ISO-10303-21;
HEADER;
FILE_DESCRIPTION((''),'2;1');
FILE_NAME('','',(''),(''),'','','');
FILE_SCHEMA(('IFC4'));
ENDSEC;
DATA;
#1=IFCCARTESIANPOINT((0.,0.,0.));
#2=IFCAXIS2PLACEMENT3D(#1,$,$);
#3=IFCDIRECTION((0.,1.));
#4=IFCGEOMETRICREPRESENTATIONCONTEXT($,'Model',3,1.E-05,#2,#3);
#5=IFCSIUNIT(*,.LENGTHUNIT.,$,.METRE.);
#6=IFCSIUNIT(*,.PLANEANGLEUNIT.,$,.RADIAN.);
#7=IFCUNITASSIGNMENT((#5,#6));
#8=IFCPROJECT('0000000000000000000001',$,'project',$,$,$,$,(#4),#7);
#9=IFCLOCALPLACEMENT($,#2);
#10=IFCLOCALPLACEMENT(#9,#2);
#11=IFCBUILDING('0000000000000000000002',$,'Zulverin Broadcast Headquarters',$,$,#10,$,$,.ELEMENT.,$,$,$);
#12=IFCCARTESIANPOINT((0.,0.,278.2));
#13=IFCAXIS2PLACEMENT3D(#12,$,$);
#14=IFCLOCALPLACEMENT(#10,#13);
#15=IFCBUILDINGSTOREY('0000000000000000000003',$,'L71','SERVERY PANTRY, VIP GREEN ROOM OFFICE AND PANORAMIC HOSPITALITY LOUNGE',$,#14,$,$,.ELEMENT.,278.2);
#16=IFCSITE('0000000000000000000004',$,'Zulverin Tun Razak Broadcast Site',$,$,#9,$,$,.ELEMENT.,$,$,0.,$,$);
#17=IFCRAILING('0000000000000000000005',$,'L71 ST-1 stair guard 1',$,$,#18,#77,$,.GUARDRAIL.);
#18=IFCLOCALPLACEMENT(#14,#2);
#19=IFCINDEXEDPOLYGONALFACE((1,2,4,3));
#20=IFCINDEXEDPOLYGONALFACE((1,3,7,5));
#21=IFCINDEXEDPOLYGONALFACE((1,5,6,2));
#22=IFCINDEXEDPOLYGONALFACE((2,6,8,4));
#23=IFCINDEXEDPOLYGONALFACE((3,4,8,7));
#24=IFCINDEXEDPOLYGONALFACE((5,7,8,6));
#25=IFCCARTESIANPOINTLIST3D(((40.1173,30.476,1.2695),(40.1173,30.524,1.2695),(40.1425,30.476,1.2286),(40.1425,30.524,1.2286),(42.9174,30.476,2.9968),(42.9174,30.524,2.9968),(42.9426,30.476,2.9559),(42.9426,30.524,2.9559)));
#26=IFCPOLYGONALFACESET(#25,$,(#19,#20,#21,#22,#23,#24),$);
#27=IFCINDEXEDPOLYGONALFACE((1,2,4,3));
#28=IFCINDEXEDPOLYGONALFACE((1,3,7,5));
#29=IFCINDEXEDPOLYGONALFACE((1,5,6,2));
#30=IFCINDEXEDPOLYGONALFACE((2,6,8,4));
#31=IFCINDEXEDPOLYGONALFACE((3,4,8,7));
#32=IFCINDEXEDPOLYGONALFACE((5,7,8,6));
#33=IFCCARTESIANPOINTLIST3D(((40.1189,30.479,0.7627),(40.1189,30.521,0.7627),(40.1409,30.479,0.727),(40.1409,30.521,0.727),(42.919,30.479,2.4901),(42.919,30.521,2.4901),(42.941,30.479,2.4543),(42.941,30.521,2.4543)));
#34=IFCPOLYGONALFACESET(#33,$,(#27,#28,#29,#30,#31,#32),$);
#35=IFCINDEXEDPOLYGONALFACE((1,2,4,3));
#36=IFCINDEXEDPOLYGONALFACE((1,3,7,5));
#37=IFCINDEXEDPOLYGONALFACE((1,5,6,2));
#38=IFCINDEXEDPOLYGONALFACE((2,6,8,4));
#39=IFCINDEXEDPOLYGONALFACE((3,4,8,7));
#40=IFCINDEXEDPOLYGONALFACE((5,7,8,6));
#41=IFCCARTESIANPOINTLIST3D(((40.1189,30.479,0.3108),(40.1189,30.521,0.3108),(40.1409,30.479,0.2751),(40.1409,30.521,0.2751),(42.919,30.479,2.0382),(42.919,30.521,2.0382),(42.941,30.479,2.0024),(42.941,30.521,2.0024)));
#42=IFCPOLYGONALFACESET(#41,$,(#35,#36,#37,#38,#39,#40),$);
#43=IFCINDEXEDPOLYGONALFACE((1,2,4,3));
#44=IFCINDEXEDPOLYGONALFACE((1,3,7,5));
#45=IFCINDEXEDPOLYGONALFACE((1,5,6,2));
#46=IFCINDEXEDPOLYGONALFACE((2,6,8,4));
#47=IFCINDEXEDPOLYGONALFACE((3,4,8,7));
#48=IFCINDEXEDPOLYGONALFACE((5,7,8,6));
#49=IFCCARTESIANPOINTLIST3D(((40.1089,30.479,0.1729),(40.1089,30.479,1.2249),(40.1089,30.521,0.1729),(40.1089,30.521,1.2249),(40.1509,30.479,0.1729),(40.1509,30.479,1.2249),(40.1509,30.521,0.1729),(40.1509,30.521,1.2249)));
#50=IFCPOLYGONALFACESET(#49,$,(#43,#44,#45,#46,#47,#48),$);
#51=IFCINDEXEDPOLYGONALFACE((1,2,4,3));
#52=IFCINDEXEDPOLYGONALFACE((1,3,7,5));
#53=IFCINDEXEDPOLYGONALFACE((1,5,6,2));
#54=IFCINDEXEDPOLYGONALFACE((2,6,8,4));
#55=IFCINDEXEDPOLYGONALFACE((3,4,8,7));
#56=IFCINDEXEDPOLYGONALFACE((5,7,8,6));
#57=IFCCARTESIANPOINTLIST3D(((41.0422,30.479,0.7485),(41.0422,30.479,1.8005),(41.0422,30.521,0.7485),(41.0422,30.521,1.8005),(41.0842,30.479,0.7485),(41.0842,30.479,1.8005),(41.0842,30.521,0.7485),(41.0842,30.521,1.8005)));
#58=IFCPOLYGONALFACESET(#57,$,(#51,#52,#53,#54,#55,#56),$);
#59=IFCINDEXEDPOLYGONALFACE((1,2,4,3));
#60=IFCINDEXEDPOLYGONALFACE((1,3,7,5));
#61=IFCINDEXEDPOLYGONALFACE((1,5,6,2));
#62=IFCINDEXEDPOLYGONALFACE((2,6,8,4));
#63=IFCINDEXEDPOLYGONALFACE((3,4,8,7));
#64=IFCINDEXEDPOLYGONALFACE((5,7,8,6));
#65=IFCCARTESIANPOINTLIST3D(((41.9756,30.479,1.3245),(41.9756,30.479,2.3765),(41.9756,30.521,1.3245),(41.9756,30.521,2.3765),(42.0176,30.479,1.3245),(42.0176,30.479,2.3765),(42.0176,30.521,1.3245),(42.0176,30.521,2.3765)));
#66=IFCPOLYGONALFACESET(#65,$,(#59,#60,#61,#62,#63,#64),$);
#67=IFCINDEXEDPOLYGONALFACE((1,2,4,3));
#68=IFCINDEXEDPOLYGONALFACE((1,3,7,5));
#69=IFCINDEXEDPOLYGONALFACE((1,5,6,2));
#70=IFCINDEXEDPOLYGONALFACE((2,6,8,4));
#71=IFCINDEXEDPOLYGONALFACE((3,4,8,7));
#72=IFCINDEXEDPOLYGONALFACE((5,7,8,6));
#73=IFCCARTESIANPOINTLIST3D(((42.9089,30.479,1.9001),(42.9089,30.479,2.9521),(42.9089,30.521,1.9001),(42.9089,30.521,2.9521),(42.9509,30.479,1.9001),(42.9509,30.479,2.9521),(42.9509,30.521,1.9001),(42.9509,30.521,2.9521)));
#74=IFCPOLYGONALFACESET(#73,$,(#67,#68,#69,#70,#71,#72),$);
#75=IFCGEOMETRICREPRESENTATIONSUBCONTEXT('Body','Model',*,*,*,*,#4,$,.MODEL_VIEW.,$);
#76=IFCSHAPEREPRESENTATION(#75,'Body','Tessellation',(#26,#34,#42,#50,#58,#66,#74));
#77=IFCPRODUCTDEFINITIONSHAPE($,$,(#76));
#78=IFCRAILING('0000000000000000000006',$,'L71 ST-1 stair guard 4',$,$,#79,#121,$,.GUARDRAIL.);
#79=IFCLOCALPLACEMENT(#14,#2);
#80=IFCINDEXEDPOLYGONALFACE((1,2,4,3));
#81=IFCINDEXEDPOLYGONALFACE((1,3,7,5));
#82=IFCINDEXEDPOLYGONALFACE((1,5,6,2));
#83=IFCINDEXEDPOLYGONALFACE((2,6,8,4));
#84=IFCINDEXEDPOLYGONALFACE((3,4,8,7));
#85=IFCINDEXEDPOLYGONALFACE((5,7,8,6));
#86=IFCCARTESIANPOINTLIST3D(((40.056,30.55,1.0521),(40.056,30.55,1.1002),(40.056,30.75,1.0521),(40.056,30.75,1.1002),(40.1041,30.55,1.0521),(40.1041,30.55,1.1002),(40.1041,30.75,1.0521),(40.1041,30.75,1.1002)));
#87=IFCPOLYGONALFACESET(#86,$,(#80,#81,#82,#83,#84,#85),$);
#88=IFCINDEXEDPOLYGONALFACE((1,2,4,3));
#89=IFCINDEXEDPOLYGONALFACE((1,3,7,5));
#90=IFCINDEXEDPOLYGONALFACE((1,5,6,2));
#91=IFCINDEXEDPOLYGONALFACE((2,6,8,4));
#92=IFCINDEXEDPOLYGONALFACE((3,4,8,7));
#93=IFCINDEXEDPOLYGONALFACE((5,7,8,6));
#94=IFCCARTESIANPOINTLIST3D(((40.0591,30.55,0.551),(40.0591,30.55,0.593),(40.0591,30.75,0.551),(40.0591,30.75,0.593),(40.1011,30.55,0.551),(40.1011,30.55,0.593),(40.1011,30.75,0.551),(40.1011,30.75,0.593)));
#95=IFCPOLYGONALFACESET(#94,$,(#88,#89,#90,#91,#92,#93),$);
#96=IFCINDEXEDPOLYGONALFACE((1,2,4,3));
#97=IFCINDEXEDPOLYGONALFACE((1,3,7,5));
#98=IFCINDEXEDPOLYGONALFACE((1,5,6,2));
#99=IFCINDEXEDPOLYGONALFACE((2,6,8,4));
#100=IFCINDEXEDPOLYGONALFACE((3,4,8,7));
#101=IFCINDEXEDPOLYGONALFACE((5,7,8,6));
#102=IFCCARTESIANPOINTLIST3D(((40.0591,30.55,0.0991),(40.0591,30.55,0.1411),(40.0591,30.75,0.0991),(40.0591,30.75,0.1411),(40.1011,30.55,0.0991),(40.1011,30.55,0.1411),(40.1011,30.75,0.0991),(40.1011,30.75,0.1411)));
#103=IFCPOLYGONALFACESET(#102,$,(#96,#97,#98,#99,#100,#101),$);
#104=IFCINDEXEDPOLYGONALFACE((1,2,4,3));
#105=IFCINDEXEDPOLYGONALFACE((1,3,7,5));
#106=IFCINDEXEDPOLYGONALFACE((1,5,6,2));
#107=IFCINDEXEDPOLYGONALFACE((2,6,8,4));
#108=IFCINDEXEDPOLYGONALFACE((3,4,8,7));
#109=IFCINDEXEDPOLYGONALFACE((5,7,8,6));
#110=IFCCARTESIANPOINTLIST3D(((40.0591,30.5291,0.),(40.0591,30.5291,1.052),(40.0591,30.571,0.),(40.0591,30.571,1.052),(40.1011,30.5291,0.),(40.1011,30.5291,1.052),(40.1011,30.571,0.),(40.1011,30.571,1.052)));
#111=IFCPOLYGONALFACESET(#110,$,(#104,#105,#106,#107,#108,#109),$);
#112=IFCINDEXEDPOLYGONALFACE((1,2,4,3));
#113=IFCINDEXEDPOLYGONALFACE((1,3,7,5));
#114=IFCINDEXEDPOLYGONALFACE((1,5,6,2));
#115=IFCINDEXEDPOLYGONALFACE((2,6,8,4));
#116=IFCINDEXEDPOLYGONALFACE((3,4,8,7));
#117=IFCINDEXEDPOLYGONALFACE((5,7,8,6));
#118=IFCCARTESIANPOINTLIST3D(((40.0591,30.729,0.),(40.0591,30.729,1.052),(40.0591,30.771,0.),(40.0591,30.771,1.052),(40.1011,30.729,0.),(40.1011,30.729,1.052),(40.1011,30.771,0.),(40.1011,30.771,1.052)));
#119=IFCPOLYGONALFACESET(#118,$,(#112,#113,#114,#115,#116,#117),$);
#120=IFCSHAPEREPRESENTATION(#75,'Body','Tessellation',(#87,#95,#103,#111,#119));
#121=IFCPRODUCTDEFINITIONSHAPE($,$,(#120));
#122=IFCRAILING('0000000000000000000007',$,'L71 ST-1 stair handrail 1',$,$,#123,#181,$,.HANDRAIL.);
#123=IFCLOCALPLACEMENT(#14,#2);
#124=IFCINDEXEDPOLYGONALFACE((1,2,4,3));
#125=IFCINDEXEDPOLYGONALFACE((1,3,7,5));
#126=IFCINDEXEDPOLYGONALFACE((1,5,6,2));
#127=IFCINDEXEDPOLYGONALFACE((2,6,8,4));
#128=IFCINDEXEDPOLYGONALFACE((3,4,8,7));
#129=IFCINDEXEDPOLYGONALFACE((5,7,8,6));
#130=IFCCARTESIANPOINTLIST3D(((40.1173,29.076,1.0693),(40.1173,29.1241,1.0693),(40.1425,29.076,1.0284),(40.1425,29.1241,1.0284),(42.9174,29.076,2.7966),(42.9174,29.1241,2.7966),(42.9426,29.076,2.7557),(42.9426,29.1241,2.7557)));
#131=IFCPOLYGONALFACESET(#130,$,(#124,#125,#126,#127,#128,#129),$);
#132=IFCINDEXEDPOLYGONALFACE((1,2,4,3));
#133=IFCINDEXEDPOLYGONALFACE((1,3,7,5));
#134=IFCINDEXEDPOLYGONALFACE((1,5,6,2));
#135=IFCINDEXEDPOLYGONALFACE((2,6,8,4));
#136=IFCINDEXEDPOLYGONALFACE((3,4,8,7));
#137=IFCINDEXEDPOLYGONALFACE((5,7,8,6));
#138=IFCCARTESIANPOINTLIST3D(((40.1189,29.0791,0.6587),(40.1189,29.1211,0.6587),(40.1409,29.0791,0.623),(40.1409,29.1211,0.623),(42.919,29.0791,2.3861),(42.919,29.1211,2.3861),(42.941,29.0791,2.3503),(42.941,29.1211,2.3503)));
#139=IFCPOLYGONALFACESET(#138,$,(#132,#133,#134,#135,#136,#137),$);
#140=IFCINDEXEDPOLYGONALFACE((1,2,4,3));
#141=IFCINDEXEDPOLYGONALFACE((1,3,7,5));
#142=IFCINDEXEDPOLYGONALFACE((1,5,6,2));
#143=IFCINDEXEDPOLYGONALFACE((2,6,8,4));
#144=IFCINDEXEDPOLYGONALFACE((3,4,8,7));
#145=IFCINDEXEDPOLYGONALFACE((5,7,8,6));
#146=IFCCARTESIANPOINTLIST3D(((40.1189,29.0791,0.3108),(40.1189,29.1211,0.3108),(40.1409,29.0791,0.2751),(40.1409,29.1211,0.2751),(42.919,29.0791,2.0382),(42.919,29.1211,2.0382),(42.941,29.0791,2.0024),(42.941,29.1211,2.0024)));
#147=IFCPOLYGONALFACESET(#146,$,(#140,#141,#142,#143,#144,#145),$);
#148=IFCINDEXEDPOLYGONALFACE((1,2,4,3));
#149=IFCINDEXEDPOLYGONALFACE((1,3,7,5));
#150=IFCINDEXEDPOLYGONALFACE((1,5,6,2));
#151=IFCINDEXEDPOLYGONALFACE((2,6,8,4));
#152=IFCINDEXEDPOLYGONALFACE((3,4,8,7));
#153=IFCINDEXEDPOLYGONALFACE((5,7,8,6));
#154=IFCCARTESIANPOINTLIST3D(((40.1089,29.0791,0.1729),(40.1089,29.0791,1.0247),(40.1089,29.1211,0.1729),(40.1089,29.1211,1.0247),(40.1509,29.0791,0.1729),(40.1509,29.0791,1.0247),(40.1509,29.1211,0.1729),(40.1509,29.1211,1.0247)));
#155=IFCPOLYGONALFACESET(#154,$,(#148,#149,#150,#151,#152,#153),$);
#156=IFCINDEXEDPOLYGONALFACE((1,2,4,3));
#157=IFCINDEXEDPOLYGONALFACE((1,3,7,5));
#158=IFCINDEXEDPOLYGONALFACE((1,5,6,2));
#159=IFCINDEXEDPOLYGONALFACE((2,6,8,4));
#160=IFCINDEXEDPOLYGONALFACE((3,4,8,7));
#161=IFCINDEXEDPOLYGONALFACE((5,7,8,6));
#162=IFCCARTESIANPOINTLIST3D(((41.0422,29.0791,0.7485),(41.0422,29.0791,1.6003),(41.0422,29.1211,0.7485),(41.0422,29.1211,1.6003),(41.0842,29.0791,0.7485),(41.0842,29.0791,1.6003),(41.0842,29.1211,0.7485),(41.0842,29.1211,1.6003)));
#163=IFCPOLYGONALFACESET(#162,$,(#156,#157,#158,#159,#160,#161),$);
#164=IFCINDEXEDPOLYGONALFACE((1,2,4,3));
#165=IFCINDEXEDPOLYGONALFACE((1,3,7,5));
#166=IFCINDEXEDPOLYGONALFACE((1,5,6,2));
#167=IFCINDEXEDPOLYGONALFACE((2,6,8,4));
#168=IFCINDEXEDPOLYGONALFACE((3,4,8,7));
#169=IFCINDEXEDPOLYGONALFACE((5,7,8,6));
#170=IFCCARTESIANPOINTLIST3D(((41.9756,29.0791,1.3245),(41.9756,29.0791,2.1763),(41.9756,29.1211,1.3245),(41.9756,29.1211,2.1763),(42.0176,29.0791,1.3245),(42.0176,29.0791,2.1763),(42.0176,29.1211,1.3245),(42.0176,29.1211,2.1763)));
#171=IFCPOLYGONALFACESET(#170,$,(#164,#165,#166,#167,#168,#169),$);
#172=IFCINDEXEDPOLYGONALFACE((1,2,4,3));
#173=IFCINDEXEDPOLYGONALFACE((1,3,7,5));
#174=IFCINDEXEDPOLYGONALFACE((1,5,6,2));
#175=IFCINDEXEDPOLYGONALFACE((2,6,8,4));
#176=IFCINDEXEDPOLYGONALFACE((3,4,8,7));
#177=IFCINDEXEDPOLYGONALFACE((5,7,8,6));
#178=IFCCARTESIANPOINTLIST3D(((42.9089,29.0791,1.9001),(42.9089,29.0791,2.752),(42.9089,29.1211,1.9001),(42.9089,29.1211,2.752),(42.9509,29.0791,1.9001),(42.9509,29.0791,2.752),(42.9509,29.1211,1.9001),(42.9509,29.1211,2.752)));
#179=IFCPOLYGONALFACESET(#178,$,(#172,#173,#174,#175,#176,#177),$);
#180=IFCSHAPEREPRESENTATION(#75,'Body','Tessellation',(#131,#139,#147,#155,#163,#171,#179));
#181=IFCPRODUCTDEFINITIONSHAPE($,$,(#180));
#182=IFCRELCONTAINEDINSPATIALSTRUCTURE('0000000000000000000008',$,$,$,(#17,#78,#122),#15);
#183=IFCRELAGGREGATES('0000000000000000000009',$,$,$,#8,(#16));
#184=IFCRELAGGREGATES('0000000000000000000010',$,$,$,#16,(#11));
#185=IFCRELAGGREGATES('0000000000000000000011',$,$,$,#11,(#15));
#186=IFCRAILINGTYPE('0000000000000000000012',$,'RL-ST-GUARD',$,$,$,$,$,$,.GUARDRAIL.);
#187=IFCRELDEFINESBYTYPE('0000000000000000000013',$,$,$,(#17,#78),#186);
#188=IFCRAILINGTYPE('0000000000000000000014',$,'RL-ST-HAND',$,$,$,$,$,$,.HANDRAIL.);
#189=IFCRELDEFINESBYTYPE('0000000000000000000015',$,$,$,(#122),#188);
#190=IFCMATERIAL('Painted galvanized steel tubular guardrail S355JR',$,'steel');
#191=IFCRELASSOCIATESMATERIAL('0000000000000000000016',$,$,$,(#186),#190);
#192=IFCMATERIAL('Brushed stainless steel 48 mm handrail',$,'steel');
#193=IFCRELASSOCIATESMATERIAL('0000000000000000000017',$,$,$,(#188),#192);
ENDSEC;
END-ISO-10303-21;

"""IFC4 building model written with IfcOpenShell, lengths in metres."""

from ifc_helpers import new_model, si_unit, direction, frame, origin, origin_2d, place, context, subcontext, project, spatial, rectangle, extrude, material, type_object, element, save


model = new_model("IFC4")

# Units and contexts
model_context = context("Model", 3, precision=1e-05, world=origin(), true_north=direction((0.0, 1.0)))
body_context = subcontext(model_context, "Body", "Model", "MODEL_VIEW")
ifc_project = project(units=[si_unit("LENGTHUNIT", "METRE"), si_unit("PLANEANGLEUNIT", "RADIAN")], contexts=[model_context])

# Site, building, storey
site_placement = place(None, origin())
site = spatial("IfcSite", under=ifc_project, at=site_placement, Name="Zulverin Tun Razak Broadcast Site", CompositionType="ELEMENT", RefElevation=0.0)
building_placement = place(site_placement, origin())
building = spatial("IfcBuilding", under=site, at=building_placement, Name="Zulverin Broadcast Headquarters", CompositionType="ELEMENT")
storey_placement = place(building_placement, frame((0.0, 0.0, 278.2)))
storey = spatial("IfcBuildingStorey", under=building, at=storey_placement, Name="L71", Description="SERVERY PANTRY, VIP GREEN ROOM OFFICE AND PANORAMIC HOSPITALITY LOUNGE", CompositionType="ELEMENT", Elevation=278.2)

# Railings
ifc_material_1 = material(Name="Painted galvanized steel tubular guardrail S355JR", Category="steel")
railing_type_1 = type_object("IfcRailingType", Name="RL-ST-GUARD", PredefinedType="GUARDRAIL", material=ifc_material_1)
railing_1_placement = place(storey_placement, frame((40.1299, 30.5, 0.1729)))
element("IfcRailing", 1, at=railing_1_placement, inside=storey, type_object=railing_type_1, Name="L71 ST-1 stair guard 1", PredefinedType="GUARDRAIL", context=body_context, shape_type="SweptSolid", body=[
    extrude(rectangle(XDim=0.0481, YDim=0.0481, at=origin_2d()), frame((0.0, 0.0, 1.0762), z_axis=(0.85109, 0.0, 0.52502), x_axis=(0.0, 1.0, 0.0)), (0.0, 0.0, 1.0), 3.29),
    extrude(rectangle(XDim=0.042, YDim=0.042, at=origin_2d()), frame((0.0, 0.0, 0.572), z_axis=(0.85109, 0.0, 0.52502), x_axis=(0.0, 1.0, 0.0)), (0.0, 0.0, 1.0), 3.29),
    extrude(rectangle(XDim=0.042, YDim=0.042, at=origin_2d()), frame((0.0, 0.0, 0.1201), z_axis=(0.85109, 0.0, 0.52502), x_axis=(0.0, 1.0, 0.0)), (0.0, 0.0, 1.0), 3.29),
    extrude(rectangle(XDim=0.042, YDim=0.042, at=origin_2d()), origin(), (0.0, 0.0, 1.0), 1.052),
    extrude(rectangle(XDim=0.042, YDim=0.042, at=origin_2d()), frame((0.9333, 0.0, 0.5757)), (0.0, 0.0, 1.0), 1.052),
    extrude(rectangle(XDim=0.042, YDim=0.042, at=origin_2d()), frame((1.8667, 0.0, 1.1516)), (0.0, 0.0, 1.0), 1.052),
    extrude(rectangle(XDim=0.042, YDim=0.042, at=origin_2d()), frame((2.8, 0.0, 1.7273)), (0.0, 0.0, 1.0), 1.052),
])
railing_2_placement = place(storey_placement, frame((40.0801, 30.55, 0.0)))
element("IfcRailing", 2, at=railing_2_placement, inside=storey, type_object=railing_type_1, Name="L71 ST-1 stair guard 4", PredefinedType="GUARDRAIL", context=body_context, shape_type="SweptSolid", body=[
    extrude(rectangle(XDim=0.0481, YDim=0.0481, at=origin_2d()), frame((0.0, 0.0, 1.0762), z_axis=(0.0, 1.0, 0.0), x_axis=(-1.0, 0.0, 0.0)), (0.0, 0.0, 1.0), 0.2),
    extrude(rectangle(XDim=0.042, YDim=0.042, at=origin_2d()), frame((0.0, 0.0, 0.572), z_axis=(0.0, 1.0, 0.0), x_axis=(-1.0, 0.0, 0.0)), (0.0, 0.0, 1.0), 0.2),
    extrude(rectangle(XDim=0.042, YDim=0.042, at=origin_2d()), frame((0.0, 0.0, 0.1201), z_axis=(0.0, 1.0, 0.0), x_axis=(-1.0, 0.0, 0.0)), (0.0, 0.0, 1.0), 0.2),
    extrude(rectangle(XDim=0.042, YDim=0.042, at=origin_2d()), origin(), (0.0, 0.0, 1.0), 1.052),
    extrude(rectangle(XDim=0.042, YDim=0.042, at=origin_2d()), frame((0.0, 0.2, 0.0)), (0.0, 0.0, 1.0), 1.052),
])
ifc_material_2 = material(Name="Brushed stainless steel 48 mm handrail", Category="steel")
railing_type_2 = type_object("IfcRailingType", Name="RL-ST-HAND", PredefinedType="HANDRAIL", material=ifc_material_2)
railing_3_placement = place(storey_placement, frame((40.1299, 29.1001, 0.1729)))
element("IfcRailing", 3, at=railing_3_placement, inside=storey, type_object=railing_type_2, Name="L71 ST-1 stair handrail 1", PredefinedType="HANDRAIL", context=body_context, shape_type="SweptSolid", body=[
    extrude(rectangle(XDim=0.0481, YDim=0.0481, at=origin_2d()), frame((0.0, 0.0, 0.876), z_axis=(0.85109, 0.0, 0.52502), x_axis=(0.0, 1.0, 0.0)), (0.0, 0.0, 1.0), 3.29),
    extrude(rectangle(XDim=0.042, YDim=0.042, at=origin_2d()), frame((0.0, 0.0, 0.468), z_axis=(0.85109, 0.0, 0.52502), x_axis=(0.0, 1.0, 0.0)), (0.0, 0.0, 1.0), 3.29),
    extrude(rectangle(XDim=0.042, YDim=0.042, at=origin_2d()), frame((0.0, 0.0, 0.1201), z_axis=(0.85109, 0.0, 0.52502), x_axis=(0.0, 1.0, 0.0)), (0.0, 0.0, 1.0), 3.29),
    extrude(rectangle(XDim=0.042, YDim=0.042, at=origin_2d()), origin(), (0.0, 0.0, 1.0), 0.8518),
    extrude(rectangle(XDim=0.042, YDim=0.042, at=origin_2d()), frame((0.9333, 0.0, 0.5757)), (0.0, 0.0, 1.0), 0.8518),
    extrude(rectangle(XDim=0.042, YDim=0.042, at=origin_2d()), frame((1.8667, 0.0, 1.1516)), (0.0, 0.0, 1.0), 0.8518),
    extrude(rectangle(XDim=0.042, YDim=0.042, at=origin_2d()), frame((2.8, 0.0, 1.7273)), (0.0, 0.0, 1.0), 0.8518),
])

save(model, "model.ifc")
